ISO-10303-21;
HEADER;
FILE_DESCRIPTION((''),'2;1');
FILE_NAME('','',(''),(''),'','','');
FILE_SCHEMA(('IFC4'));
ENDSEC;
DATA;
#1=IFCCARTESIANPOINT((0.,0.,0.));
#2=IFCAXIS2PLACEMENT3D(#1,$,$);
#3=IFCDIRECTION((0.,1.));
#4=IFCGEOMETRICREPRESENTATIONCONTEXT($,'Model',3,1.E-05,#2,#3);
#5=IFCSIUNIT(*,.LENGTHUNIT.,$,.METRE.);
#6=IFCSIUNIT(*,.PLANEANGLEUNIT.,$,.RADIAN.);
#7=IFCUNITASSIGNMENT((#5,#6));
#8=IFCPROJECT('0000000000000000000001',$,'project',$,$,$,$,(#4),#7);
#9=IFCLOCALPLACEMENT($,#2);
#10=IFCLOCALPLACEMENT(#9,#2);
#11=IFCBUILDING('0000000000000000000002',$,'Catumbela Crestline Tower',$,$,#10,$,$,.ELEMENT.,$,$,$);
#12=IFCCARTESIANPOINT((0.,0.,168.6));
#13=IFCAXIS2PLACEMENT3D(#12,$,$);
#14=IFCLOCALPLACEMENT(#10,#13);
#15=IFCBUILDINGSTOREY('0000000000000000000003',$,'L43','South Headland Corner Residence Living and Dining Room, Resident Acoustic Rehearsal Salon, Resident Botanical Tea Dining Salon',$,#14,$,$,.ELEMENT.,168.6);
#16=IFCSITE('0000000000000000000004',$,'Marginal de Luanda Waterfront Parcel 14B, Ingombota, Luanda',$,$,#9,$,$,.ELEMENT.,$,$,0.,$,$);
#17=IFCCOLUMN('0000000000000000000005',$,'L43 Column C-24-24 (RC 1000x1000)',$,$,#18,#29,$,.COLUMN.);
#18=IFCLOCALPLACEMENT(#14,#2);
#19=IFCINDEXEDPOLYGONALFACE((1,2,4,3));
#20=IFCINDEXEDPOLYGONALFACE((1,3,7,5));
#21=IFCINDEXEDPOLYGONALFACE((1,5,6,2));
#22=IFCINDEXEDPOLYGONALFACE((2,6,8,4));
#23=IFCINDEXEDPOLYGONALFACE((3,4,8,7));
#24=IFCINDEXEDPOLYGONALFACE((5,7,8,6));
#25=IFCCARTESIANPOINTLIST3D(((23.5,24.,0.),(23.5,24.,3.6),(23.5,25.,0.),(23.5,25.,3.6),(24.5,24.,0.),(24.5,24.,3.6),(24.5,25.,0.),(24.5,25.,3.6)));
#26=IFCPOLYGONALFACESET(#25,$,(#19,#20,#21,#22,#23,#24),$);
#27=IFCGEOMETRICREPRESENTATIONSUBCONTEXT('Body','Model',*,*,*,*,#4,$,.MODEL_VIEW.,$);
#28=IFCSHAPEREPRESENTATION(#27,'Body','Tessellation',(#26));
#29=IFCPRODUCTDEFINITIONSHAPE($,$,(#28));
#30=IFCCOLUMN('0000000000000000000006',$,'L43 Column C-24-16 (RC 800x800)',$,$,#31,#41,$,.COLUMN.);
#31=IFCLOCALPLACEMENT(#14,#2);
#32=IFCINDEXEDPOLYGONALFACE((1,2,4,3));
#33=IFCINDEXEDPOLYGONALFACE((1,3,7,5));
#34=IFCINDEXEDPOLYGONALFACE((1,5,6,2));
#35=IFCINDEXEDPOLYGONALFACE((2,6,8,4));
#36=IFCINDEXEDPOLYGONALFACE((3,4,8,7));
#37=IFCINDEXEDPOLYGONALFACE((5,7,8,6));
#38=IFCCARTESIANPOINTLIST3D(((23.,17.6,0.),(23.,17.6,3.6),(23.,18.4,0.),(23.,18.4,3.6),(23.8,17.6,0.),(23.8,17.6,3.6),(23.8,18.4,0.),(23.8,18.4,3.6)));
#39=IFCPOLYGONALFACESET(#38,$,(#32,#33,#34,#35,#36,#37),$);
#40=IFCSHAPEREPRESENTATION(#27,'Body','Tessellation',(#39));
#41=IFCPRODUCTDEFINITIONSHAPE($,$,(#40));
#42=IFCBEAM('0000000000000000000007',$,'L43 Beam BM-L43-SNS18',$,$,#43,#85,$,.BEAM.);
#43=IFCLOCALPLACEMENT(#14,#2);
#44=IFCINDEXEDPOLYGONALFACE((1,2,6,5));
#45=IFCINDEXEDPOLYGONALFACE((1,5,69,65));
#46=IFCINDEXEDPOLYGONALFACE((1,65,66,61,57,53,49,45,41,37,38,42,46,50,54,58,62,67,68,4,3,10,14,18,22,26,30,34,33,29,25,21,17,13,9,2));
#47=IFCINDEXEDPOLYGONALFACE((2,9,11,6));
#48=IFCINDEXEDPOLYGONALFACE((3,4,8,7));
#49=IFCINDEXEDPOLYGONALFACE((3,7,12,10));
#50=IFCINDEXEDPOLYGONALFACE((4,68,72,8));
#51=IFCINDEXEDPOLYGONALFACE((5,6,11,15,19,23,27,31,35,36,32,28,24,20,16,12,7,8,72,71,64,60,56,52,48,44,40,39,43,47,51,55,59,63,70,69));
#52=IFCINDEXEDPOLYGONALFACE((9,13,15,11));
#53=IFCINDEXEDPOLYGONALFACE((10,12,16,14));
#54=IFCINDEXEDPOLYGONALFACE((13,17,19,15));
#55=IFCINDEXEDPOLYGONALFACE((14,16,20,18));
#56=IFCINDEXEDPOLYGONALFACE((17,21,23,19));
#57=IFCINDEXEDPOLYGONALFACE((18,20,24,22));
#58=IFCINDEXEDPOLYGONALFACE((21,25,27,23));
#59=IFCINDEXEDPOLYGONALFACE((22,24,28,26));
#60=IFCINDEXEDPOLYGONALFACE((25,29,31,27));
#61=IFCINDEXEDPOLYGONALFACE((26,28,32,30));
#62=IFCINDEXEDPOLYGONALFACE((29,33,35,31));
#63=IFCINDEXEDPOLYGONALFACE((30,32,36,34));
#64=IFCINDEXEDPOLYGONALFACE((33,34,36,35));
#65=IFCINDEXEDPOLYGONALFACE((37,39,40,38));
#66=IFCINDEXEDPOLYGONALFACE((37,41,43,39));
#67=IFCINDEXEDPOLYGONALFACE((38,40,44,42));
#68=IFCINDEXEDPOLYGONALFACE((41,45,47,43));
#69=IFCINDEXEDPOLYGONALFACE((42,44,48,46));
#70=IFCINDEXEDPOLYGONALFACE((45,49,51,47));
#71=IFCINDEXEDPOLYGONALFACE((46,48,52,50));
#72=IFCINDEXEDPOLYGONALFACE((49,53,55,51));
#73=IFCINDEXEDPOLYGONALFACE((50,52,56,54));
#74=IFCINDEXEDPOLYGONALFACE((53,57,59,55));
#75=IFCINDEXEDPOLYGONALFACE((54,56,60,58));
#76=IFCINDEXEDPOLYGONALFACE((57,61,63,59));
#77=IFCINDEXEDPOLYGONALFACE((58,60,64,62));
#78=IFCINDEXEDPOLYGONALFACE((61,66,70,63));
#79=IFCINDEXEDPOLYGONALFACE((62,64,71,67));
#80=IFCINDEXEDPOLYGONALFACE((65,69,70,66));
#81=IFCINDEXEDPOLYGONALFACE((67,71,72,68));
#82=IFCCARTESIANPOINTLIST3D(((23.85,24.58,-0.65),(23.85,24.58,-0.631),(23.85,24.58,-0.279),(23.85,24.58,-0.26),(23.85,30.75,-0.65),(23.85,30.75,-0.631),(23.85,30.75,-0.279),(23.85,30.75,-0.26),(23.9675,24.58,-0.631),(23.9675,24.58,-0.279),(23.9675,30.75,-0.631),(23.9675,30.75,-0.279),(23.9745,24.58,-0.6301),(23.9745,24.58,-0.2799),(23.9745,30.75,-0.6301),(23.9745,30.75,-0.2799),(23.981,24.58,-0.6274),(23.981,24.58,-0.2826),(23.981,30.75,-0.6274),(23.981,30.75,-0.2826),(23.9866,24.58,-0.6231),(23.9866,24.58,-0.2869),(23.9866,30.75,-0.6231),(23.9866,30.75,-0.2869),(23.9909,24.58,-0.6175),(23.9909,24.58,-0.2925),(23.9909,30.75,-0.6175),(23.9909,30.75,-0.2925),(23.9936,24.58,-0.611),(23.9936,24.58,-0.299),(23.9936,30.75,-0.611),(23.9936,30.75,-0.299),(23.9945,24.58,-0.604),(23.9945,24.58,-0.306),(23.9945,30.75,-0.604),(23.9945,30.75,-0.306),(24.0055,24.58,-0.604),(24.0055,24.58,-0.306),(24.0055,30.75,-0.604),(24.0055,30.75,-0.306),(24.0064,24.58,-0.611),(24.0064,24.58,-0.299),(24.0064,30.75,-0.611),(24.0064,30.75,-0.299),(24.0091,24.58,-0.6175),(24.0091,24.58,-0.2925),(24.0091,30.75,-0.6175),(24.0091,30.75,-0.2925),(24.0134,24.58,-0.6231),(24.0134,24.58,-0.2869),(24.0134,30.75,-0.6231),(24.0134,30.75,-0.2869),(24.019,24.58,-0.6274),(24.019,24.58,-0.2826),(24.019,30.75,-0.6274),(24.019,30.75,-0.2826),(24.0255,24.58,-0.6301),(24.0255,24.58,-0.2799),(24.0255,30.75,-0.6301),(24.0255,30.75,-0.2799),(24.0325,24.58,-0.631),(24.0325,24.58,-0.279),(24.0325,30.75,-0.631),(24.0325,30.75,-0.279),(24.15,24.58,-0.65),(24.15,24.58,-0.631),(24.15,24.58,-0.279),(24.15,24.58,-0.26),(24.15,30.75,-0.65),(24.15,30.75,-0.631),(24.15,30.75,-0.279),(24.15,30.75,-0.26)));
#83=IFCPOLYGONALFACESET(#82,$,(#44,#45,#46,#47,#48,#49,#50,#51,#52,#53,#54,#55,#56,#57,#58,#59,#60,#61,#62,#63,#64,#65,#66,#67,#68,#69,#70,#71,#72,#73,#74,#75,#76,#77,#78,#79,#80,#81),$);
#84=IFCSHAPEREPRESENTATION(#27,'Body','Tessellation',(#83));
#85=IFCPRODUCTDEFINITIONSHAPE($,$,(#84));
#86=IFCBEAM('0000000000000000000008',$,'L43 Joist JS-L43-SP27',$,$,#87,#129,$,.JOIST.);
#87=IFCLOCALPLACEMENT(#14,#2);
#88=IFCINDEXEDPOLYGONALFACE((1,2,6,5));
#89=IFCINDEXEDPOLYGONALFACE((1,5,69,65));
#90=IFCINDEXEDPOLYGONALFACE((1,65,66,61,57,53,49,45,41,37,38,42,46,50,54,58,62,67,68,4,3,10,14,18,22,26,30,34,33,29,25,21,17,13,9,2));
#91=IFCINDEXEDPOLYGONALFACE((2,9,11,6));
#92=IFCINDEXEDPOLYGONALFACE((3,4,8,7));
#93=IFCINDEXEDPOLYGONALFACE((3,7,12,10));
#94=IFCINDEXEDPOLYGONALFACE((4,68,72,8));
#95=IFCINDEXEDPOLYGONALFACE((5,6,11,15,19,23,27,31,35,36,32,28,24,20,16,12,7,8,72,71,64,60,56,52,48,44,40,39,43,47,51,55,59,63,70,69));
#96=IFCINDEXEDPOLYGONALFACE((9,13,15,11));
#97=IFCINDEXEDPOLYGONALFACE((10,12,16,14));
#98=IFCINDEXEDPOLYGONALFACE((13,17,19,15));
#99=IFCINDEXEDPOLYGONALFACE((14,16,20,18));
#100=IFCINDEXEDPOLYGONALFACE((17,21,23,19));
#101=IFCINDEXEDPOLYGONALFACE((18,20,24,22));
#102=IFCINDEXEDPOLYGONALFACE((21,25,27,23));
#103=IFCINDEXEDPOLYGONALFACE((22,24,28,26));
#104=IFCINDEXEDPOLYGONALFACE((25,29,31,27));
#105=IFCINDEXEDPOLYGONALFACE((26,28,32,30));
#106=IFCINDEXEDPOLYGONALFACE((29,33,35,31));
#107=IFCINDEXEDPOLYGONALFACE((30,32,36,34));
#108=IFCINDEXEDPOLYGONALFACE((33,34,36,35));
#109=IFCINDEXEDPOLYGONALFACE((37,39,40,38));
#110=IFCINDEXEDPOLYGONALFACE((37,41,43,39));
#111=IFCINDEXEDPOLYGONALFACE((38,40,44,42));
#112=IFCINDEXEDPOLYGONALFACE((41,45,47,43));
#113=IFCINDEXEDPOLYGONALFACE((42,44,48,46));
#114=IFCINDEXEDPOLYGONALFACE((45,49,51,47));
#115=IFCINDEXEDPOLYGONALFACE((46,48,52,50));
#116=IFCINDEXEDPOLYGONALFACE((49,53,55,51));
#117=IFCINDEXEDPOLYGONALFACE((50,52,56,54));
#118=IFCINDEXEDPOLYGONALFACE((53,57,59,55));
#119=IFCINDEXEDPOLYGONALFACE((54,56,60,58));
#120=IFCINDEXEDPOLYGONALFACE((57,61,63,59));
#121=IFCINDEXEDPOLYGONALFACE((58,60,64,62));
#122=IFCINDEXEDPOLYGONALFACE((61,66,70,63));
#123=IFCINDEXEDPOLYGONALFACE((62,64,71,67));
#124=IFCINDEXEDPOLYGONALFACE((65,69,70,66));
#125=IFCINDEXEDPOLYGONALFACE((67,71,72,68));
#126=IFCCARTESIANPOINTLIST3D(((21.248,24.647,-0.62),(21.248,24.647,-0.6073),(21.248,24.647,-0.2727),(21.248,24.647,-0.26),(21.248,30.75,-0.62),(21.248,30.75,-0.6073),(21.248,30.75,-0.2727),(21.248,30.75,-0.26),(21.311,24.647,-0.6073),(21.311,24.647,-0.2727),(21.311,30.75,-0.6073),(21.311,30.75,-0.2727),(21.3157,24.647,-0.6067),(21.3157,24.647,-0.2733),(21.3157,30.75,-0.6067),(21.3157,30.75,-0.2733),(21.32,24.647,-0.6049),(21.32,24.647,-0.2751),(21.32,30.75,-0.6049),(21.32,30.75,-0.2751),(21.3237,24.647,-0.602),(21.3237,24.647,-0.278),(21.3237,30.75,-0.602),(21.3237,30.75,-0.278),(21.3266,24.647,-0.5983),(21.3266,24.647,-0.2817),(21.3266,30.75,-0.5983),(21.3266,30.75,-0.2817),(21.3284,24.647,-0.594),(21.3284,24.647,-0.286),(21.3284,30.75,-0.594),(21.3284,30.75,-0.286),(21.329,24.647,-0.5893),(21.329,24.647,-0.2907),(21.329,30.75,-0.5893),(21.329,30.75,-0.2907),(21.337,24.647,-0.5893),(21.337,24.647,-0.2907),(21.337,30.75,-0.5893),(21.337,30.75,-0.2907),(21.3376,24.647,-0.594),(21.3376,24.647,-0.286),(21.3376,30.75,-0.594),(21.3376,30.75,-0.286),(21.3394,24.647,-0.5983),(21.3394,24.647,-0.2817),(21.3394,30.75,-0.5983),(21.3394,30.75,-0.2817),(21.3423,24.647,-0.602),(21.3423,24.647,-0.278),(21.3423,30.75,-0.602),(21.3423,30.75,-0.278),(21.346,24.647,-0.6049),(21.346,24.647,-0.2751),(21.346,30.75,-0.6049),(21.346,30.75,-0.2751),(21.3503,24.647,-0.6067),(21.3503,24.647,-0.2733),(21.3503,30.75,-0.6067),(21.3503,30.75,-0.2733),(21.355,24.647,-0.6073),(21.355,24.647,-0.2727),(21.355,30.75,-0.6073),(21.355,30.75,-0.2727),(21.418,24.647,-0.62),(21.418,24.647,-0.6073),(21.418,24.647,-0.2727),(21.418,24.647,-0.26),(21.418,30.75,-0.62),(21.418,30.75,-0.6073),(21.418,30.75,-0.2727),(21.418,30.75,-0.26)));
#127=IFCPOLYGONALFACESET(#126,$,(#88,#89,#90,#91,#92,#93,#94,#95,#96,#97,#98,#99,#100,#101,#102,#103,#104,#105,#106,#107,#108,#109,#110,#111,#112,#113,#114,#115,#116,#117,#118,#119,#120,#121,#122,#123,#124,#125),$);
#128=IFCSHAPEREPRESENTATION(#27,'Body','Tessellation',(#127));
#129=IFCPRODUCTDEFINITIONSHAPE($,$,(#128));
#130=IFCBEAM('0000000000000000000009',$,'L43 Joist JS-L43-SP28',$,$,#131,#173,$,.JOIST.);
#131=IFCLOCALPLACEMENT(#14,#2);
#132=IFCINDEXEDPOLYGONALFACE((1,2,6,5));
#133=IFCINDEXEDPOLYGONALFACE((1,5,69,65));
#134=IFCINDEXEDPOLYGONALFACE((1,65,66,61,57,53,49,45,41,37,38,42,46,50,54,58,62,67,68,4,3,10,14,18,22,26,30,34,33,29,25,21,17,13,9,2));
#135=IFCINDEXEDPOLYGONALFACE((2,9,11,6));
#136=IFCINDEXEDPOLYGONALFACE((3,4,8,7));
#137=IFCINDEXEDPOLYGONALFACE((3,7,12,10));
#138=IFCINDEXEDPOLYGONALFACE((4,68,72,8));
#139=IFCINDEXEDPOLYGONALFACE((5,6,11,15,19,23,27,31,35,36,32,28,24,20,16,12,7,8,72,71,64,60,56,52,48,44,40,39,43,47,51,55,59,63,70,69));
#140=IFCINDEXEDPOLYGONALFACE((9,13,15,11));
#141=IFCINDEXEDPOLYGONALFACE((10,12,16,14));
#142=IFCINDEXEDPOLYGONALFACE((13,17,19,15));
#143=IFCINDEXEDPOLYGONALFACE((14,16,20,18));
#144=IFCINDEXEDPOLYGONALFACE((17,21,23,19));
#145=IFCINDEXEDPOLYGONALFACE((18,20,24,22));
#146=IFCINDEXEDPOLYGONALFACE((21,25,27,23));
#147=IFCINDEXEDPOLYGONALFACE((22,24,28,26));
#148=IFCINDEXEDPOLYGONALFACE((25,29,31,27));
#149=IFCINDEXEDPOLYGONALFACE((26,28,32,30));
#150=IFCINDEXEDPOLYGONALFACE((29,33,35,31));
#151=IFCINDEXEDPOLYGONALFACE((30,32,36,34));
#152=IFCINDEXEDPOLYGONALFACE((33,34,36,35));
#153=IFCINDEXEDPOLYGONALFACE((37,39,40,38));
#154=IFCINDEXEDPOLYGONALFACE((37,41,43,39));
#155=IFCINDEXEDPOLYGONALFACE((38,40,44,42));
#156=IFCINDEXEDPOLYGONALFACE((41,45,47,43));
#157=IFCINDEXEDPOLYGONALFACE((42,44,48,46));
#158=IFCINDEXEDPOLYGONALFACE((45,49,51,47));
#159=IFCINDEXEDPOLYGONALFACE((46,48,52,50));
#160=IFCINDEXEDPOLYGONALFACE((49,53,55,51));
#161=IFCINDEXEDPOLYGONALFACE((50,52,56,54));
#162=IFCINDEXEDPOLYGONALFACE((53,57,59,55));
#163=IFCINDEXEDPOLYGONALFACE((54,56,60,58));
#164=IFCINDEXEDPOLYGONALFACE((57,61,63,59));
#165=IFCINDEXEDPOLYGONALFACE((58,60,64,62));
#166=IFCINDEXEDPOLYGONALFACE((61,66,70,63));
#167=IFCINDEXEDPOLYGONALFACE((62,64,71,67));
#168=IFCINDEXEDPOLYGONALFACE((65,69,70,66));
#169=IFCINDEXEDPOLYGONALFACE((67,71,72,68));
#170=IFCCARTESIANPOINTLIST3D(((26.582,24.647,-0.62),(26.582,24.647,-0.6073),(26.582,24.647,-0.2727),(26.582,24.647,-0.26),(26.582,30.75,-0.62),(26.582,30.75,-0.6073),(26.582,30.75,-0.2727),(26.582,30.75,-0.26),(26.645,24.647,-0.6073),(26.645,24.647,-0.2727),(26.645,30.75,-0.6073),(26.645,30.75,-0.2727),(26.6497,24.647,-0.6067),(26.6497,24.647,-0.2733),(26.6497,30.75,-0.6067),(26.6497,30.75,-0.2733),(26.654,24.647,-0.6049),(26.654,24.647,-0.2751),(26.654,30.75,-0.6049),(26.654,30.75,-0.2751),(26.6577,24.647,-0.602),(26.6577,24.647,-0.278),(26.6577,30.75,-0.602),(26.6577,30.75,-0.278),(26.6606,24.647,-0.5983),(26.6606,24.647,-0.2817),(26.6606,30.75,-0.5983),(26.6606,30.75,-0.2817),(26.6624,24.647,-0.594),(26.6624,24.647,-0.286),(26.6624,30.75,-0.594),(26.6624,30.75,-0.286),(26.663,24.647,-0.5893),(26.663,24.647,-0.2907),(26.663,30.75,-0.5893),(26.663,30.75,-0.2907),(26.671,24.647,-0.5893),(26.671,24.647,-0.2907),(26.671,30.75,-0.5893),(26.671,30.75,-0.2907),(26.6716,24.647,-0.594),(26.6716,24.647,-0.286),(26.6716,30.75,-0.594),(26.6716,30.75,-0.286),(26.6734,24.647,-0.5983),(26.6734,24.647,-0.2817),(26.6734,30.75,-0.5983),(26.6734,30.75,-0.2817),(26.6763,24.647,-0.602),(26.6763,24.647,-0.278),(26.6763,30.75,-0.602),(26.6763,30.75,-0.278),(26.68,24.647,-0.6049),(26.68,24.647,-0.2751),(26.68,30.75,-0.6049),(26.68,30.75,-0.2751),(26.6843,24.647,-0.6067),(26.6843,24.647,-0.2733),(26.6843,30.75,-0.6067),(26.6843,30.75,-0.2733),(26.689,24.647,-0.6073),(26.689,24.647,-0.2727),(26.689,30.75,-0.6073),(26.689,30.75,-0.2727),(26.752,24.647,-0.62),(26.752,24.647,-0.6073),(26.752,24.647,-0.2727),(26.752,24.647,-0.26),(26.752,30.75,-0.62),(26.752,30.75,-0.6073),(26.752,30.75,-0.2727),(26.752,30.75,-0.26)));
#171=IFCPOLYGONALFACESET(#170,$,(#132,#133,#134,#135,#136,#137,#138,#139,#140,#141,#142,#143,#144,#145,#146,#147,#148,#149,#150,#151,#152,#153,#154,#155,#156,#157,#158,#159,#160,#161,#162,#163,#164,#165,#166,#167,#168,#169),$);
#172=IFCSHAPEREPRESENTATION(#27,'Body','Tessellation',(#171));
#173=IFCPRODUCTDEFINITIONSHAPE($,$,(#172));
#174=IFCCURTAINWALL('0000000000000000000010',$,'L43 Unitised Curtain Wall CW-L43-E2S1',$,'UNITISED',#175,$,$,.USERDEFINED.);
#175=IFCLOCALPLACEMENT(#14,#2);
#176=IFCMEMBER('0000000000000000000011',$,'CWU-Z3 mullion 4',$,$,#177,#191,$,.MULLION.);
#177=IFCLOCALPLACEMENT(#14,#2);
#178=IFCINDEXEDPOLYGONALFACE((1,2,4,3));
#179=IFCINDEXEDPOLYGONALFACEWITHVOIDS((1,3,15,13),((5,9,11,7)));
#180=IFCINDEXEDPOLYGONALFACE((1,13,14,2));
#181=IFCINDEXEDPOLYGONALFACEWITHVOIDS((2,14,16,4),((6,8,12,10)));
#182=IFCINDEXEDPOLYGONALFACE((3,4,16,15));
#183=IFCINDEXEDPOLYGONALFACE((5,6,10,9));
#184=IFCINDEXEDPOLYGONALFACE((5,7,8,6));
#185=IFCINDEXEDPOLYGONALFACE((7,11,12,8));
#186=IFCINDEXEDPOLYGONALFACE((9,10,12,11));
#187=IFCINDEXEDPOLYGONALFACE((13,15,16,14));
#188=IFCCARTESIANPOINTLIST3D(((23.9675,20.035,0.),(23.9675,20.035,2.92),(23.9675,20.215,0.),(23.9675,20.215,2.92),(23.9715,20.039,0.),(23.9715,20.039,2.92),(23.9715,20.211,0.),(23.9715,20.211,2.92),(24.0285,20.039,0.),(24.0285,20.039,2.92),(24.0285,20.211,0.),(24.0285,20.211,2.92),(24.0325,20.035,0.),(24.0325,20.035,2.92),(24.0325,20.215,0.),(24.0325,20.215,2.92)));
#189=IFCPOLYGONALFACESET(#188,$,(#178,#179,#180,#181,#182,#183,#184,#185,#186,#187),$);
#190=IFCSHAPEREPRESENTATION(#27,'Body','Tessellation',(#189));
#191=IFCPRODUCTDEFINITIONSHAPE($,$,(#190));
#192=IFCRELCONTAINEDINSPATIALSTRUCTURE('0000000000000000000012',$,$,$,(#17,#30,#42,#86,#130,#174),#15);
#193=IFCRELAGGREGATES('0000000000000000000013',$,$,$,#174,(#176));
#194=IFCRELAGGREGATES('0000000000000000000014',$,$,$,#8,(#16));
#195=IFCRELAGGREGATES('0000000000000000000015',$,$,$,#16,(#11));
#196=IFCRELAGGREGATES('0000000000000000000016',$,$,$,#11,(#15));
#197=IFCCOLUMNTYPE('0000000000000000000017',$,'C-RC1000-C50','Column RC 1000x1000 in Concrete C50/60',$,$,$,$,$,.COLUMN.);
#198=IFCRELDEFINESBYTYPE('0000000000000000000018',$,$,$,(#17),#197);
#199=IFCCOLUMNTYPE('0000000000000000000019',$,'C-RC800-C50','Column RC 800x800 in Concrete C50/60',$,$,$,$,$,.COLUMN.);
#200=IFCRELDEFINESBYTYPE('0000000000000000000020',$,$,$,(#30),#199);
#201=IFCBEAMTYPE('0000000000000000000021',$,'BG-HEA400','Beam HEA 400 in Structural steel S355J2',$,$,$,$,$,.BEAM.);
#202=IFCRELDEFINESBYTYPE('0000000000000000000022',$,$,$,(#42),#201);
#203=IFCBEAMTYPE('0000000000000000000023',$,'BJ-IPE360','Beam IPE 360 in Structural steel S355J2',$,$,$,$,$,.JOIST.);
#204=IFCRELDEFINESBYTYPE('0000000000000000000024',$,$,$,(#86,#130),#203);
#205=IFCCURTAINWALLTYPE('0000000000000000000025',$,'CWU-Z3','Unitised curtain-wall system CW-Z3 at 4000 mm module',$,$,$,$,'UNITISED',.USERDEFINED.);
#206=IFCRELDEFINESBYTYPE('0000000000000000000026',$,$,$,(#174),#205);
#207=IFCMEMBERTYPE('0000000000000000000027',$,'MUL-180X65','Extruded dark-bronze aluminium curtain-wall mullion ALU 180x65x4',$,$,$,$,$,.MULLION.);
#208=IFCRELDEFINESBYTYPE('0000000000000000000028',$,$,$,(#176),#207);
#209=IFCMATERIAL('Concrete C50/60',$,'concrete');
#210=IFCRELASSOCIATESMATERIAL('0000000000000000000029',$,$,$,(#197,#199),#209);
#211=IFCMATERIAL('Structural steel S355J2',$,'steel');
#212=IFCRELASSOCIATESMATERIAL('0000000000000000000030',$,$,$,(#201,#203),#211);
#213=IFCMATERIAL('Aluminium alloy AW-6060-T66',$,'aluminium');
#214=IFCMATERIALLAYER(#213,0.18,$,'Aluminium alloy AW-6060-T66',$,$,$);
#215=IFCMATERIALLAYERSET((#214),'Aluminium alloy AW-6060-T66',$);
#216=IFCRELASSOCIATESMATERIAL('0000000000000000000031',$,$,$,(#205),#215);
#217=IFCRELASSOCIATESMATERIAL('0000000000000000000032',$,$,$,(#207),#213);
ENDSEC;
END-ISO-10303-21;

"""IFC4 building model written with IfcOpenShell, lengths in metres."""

from ifc_helpers import new_model, si_unit, direction, frame, origin, origin_2d, place, context, subcontext, project, spatial, rectangle, hollow_rectangle, i_section, extrude, material, layer, layer_set, material_profile, profile_set, type_object, element, aggregate, save


model = new_model("IFC4")

# Units and contexts
model_context = context("Model", 3, precision=1e-05, world=origin(), true_north=direction((0.0, 1.0)))
body_context = subcontext(model_context, "Body", "Model", "MODEL_VIEW")
ifc_project = project(units=[si_unit("LENGTHUNIT", "METRE"), si_unit("PLANEANGLEUNIT", "RADIAN")], contexts=[model_context])

# Site, building, storey
site_placement = place(None, origin())
site = spatial("IfcSite", under=ifc_project, at=site_placement, Name="Marginal de Luanda Waterfront Parcel 14B, Ingombota, Luanda", CompositionType="ELEMENT", RefElevation=0.0)
building_placement = place(site_placement, origin())
building = spatial("IfcBuilding", under=site, at=building_placement, Name="Catumbela Crestline Tower", CompositionType="ELEMENT")
storey_placement = place(building_placement, frame((0.0, 0.0, 168.6)))
storey = spatial("IfcBuildingStorey", under=building, at=storey_placement, Name="L43", Description="South Headland Corner Residence Living and Dining Room, Resident Acoustic Rehearsal Salon, Resident Botanical Tea Dining Salon", CompositionType="ELEMENT", Elevation=168.6)

# Columns
ifc_material_1 = material(Name="Concrete C50/60", Category="concrete")
ifc_material_profile_1 = material_profile(ifc_material_1, rectangle(XDim=1.0, YDim=1.0, at=origin_2d()), Name="RC 1000x1000")
ifc_profile_set_1 = profile_set([ifc_material_profile_1], Name="Concrete C50/60")
column_type_1 = type_object("IfcColumnType", Name="C-RC1000-C50", Description="Column RC 1000x1000 in Concrete C50/60", PredefinedType="COLUMN", material=ifc_profile_set_1)
column_1_placement = place(storey_placement, frame((24.0, 24.5, 0.0), z_axis=(0.0, 0.0, 1.0), x_axis=(1.0, 0.0, 0.0)))
element("IfcColumn", 1, at=column_1_placement, inside=storey, type_object=column_type_1, Name="L43 Column C-24-24 (RC 1000x1000)", PredefinedType="COLUMN", context=body_context, shape_type="SweptSolid", body=[
    extrude(rectangle(XDim=1.0, YDim=1.0, at=origin_2d()), origin(), (0.0, 0.0, 1.0), 3.6),
])
ifc_material_profile_2 = material_profile(ifc_material_1, rectangle(XDim=0.8, YDim=0.8, at=origin_2d()), Name="RC 800x800")
ifc_profile_set_2 = profile_set([ifc_material_profile_2], Name="Concrete C50/60")
column_type_2 = type_object("IfcColumnType", Name="C-RC800-C50", Description="Column RC 800x800 in Concrete C50/60", PredefinedType="COLUMN", material=ifc_profile_set_2)
column_2_placement = place(storey_placement, frame((23.4, 18.0, 0.0), z_axis=(0.0, 0.0, 1.0), x_axis=(1.0, 0.0, 0.0)))
element("IfcColumn", 2, at=column_2_placement, inside=storey, type_object=column_type_2, Name="L43 Column C-24-16 (RC 800x800)", PredefinedType="COLUMN", context=body_context, shape_type="SweptSolid", body=[
    extrude(rectangle(XDim=0.8, YDim=0.8, at=origin_2d()), origin(), (0.0, 0.0, 1.0), 3.6),
])

# Beams
ifc_material_2 = material(Name="Structural steel S355J2", Category="steel")
ifc_material_profile_3 = material_profile(ifc_material_2, i_section(OverallWidth=0.3, OverallDepth=0.39, WebThickness=0.011, FlangeThickness=0.019, FilletRadius=0.027, at=origin_2d()), Name="HEA 400")
ifc_profile_set_3 = profile_set([ifc_material_profile_3], Name="Structural steel S355J2")
beam_type_1 = type_object("IfcBeamType", Name="BG-HEA400", Description="Beam HEA 400 in Structural steel S355J2", PredefinedType="BEAM", material=ifc_profile_set_3)
beam_1_placement = place(storey_placement, frame((24.0, 24.58, -0.455), z_axis=(0.0, 1.0, 0.0), x_axis=(-1.0, 0.0, 0.0)))
element("IfcBeam", 3, at=beam_1_placement, inside=storey, type_object=beam_type_1, Name="L43 Beam BM-L43-SNS18", PredefinedType="BEAM", context=body_context, shape_type="SweptSolid", body=[
    extrude(i_section(OverallWidth=0.3, OverallDepth=0.39, WebThickness=0.011, FlangeThickness=0.019, FilletRadius=0.027, at=origin_2d()), origin(), (0.0, 0.0, 1.0), 6.17),
])
ifc_material_profile_4 = material_profile(ifc_material_2, i_section(OverallWidth=0.17, OverallDepth=0.36, WebThickness=0.008, FlangeThickness=0.0127, FilletRadius=0.018, at=origin_2d()), Name="IPE 360")
ifc_profile_set_4 = profile_set([ifc_material_profile_4], Name="Structural steel S355J2")
beam_type_2 = type_object("IfcBeamType", Name="BJ-IPE360", Description="Beam IPE 360 in Structural steel S355J2", PredefinedType="JOIST", material=ifc_profile_set_4)
for number, where, z_axis, x_axis, name in (
    (4, (21.333, 24.647, -0.44), (0.0, 1.0, 0.0), (-1.0, 0.0, 0.0), "L43 Joist JS-L43-SP27"),
    (5, (26.667, 24.647, -0.44), (0.0, 1.0, 0.0), (-1.0, 0.0, 0.0), "L43 Joist JS-L43-SP28"),
):
    element("IfcBeam", number, at=place(storey_placement, frame(where, z_axis=z_axis, x_axis=x_axis)), inside=storey, type_object=beam_type_2, Name=name, PredefinedType="JOIST", context=body_context, shape_type="SweptSolid", body=[
        extrude(i_section(OverallWidth=0.17, OverallDepth=0.36, WebThickness=0.008, FlangeThickness=0.0127, FilletRadius=0.018, at=origin_2d()), origin(), (0.0, 0.0, 1.0), 6.103),
    ])

# Curtain wall, member
ifc_material_3 = material(Name="Aluminium alloy AW-6060-T66", Category="aluminium")
ifc_layer_1 = layer(ifc_material_3, 0.18, Name="Aluminium alloy AW-6060-T66")
ifc_layer_set_1 = layer_set([ifc_layer_1], Name="Aluminium alloy AW-6060-T66")
curtain_wall_type = type_object("IfcCurtainWallType", Name="CWU-Z3", Description="Unitised curtain-wall system CW-Z3 at 4000 mm module", ElementType="UNITISED", PredefinedType="USERDEFINED", material=ifc_layer_set_1)
curtain_wall_1_placement = place(storey_placement, origin())
curtain_wall_1 = element("IfcCurtainWall", 6, at=curtain_wall_1_placement, inside=storey, type_object=curtain_wall_type, Name="L43 Unitised Curtain Wall CW-L43-E2S1", ObjectType="UNITISED", PredefinedType="USERDEFINED")
ifc_material_profile_5 = material_profile(ifc_material_3, hollow_rectangle(XDim=0.065, YDim=0.18, WallThickness=0.004, at=origin_2d()), Name="ALU 180x65x4")
ifc_profile_set_5 = profile_set([ifc_material_profile_5], Name="Aluminium alloy AW-6060-T66")
member_type_1 = type_object("IfcMemberType", Name="MUL-180X65", Description="Extruded dark-bronze aluminium curtain-wall mullion ALU 180x65x4", PredefinedType="MULLION", material=ifc_profile_set_5)
member_1_placement = place(storey_placement, frame((24.0, 20.125, 0.0), z_axis=(0.0, 0.0, 1.0), x_axis=(-1.0, 0.0, 0.0)))
member_1 = element("IfcMember", 7, at=member_1_placement, type_object=member_type_1, Name="CWU-Z3 mullion 4", PredefinedType="MULLION", context=body_context, shape_type="SweptSolid", body=[
    extrude(hollow_rectangle(XDim=0.065, YDim=0.18, WallThickness=0.004, at=origin_2d()), origin(), (0.0, 0.0, 1.0), 2.92),
])

aggregate(curtain_wall_1, [member_1])

save(model, "model.ifc")
